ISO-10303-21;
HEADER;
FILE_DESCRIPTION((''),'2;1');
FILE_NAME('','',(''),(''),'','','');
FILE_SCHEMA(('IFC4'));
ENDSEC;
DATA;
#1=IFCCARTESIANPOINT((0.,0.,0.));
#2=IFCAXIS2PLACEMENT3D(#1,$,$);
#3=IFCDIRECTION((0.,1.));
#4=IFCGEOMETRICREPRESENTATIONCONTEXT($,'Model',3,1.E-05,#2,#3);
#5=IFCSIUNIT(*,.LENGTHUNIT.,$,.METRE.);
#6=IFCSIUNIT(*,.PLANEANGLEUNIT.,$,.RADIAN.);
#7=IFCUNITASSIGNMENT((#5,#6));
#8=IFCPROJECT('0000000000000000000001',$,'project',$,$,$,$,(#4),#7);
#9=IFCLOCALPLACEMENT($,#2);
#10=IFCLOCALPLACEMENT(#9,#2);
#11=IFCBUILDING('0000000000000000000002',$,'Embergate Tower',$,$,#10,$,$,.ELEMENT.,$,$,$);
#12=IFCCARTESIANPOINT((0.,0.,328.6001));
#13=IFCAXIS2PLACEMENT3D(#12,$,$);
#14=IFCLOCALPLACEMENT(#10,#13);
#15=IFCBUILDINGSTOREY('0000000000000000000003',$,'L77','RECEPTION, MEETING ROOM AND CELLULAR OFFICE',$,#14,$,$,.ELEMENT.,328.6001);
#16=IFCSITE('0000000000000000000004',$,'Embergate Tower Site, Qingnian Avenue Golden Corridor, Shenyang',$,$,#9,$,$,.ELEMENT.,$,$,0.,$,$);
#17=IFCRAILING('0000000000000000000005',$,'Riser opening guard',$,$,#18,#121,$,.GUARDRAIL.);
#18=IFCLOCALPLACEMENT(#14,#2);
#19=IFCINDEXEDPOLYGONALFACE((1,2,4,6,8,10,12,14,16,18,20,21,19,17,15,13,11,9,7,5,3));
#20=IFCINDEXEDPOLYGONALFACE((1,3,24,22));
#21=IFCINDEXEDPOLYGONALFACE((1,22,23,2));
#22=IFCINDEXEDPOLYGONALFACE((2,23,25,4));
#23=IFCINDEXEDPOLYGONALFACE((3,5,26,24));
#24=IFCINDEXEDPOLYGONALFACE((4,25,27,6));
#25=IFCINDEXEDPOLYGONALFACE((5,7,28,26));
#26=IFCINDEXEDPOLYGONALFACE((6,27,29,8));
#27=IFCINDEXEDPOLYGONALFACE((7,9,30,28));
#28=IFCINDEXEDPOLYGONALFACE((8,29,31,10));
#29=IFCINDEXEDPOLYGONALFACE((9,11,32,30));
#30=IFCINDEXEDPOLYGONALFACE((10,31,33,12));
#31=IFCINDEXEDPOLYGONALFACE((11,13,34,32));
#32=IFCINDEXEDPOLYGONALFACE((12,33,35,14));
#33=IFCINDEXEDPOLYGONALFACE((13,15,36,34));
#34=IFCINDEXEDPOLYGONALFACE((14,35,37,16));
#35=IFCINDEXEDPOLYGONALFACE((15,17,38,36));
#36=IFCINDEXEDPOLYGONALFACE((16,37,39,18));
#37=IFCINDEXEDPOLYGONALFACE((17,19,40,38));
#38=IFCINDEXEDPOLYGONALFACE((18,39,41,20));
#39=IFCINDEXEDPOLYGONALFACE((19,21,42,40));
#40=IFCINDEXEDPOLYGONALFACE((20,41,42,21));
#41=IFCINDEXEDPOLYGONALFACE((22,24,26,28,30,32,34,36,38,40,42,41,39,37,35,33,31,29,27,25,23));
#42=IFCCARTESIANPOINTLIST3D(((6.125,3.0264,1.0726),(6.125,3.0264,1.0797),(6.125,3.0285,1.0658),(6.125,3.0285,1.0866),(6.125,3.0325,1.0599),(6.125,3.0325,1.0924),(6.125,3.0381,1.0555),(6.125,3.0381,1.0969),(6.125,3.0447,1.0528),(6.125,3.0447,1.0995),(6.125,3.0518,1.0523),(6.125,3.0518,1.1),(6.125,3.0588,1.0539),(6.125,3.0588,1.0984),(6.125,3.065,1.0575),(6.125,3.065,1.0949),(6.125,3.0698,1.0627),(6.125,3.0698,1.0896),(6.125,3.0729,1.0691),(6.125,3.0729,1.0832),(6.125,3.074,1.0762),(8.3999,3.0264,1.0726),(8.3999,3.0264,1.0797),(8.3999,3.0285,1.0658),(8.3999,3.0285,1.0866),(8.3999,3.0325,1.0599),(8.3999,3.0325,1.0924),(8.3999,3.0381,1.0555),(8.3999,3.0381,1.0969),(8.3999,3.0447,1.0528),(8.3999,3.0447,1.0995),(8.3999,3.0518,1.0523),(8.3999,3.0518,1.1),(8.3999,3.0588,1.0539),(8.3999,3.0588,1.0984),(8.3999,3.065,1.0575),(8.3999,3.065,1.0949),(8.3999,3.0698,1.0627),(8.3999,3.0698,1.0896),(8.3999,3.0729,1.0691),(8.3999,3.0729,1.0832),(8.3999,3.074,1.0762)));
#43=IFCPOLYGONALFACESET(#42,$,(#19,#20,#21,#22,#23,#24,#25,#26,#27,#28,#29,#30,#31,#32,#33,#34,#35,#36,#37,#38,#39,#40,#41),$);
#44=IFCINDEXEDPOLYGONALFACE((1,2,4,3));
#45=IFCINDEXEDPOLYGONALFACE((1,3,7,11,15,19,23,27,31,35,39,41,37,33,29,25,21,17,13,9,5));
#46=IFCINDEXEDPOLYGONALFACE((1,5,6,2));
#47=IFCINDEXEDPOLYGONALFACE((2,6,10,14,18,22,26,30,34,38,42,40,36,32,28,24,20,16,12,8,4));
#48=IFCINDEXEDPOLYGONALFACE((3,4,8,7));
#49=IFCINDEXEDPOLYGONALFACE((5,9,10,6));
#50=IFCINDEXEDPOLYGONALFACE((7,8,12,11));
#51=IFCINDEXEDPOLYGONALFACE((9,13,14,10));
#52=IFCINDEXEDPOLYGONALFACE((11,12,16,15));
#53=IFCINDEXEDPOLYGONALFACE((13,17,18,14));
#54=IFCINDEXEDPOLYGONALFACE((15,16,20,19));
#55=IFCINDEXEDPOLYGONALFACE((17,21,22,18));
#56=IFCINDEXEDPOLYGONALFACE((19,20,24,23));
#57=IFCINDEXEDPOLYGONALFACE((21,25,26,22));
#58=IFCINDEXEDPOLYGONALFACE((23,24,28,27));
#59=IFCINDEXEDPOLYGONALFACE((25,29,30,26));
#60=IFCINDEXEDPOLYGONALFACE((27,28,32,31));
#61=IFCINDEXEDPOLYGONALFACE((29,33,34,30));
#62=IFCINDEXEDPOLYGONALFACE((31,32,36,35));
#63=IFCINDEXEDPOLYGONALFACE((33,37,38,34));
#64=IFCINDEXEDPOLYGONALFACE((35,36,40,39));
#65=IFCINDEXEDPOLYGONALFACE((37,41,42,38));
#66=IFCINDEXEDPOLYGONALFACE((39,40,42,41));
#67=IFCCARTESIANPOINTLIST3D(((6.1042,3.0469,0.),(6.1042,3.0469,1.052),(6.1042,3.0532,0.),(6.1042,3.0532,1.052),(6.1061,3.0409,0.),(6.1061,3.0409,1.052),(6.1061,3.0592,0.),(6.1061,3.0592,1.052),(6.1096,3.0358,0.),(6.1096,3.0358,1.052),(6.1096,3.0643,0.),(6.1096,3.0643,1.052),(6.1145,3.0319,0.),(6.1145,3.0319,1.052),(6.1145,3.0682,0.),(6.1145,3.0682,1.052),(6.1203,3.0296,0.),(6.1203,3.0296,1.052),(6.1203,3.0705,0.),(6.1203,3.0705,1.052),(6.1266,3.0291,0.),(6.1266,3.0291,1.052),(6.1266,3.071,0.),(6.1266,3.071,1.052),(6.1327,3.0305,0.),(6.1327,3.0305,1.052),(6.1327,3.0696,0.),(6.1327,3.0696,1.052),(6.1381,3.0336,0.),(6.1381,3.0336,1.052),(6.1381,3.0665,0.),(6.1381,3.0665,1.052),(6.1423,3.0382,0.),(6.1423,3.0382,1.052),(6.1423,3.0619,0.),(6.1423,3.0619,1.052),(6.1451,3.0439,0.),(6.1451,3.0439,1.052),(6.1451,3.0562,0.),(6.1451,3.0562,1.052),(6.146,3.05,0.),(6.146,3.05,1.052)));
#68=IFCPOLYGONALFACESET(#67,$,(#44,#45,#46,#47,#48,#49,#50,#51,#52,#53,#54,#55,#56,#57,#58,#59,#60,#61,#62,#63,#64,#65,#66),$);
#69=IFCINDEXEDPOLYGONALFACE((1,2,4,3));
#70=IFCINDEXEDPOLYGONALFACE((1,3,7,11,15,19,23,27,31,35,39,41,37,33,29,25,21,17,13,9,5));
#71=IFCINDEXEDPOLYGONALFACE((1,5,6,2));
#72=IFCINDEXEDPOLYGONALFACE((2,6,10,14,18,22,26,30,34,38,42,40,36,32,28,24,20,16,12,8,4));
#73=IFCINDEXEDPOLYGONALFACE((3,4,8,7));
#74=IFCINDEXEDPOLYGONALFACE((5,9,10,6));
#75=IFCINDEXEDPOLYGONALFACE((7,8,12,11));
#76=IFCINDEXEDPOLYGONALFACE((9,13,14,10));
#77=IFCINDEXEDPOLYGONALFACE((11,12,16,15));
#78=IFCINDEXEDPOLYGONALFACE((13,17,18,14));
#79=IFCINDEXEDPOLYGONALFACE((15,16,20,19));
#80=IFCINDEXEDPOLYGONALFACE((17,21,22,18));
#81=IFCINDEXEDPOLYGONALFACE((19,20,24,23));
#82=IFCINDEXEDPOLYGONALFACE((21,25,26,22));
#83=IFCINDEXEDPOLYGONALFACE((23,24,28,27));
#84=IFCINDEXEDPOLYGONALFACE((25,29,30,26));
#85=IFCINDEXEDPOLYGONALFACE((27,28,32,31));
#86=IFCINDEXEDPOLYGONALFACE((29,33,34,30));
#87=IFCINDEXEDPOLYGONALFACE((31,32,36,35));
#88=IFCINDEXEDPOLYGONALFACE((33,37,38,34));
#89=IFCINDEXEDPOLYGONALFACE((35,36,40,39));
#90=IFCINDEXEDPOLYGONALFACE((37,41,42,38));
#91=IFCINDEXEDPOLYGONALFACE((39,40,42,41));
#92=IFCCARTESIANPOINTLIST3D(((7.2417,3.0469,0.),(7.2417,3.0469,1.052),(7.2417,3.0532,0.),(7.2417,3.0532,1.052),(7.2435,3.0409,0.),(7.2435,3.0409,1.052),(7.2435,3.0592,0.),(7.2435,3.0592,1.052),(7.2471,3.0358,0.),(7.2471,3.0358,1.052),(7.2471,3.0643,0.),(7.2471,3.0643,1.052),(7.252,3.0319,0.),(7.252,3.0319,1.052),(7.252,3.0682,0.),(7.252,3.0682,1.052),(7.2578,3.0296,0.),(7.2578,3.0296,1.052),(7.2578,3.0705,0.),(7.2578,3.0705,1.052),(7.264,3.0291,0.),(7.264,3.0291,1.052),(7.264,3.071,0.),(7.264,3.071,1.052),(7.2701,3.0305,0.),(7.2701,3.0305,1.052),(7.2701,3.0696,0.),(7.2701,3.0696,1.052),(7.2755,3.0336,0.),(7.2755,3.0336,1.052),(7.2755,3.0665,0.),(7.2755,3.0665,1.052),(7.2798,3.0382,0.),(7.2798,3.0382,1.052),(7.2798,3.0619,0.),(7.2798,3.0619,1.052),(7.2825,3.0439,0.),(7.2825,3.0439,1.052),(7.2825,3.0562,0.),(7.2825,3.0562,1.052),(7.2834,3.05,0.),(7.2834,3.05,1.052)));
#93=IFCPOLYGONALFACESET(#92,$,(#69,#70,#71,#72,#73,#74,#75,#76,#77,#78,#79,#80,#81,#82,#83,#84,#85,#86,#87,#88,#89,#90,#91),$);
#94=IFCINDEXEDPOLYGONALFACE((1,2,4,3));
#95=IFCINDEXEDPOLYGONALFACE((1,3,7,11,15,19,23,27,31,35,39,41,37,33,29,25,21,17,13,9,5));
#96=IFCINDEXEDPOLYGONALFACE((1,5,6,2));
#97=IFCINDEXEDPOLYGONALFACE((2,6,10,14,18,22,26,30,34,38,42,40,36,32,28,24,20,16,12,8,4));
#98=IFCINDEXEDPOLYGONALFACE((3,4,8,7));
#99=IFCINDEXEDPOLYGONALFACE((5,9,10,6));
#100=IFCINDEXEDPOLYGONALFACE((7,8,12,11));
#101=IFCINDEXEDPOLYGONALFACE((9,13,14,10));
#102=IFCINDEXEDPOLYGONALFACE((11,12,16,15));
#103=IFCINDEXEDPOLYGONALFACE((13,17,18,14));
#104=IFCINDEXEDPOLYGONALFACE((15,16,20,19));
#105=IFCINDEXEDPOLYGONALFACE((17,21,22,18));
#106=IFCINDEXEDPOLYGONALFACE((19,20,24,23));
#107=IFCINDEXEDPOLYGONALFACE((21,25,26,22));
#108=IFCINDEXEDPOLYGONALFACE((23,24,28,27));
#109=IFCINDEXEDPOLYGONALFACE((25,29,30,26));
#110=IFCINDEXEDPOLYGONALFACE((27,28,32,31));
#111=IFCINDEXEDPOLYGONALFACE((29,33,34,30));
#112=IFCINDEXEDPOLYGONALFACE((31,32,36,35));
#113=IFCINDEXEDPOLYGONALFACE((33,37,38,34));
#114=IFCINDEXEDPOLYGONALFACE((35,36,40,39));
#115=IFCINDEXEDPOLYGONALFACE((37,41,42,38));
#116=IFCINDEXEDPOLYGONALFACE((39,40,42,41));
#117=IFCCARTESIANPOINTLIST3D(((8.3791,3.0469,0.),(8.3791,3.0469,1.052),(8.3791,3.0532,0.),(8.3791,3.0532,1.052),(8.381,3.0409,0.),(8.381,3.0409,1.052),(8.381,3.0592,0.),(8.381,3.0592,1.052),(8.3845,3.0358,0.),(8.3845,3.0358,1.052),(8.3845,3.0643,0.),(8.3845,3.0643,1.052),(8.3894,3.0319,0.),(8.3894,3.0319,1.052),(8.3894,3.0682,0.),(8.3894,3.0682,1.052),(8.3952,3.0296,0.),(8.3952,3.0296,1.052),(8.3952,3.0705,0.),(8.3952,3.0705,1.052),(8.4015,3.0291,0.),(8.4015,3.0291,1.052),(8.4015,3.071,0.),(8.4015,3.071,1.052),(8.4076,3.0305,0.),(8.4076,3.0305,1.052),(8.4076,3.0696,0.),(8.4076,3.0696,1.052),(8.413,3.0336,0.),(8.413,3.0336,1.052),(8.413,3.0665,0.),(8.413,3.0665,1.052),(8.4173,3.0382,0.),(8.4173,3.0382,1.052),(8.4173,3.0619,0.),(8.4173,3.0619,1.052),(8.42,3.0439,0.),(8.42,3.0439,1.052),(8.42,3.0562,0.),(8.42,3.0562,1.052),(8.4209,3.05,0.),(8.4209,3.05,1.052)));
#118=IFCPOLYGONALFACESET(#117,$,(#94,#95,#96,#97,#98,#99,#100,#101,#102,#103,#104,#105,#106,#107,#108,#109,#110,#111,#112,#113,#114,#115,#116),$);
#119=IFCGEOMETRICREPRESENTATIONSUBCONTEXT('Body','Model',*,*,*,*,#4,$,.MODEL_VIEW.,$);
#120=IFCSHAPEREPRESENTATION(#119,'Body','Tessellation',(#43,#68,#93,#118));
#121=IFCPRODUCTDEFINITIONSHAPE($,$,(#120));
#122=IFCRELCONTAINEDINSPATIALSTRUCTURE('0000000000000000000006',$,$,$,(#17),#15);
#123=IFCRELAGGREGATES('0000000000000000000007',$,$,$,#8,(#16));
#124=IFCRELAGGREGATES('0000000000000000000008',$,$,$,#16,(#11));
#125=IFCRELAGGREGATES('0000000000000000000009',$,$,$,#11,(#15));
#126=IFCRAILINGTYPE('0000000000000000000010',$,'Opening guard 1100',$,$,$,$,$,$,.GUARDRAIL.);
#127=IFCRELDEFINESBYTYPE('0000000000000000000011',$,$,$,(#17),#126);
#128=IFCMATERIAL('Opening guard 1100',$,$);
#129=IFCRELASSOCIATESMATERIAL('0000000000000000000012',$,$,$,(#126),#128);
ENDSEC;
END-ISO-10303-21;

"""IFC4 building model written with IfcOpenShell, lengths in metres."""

from ifc_helpers import new_model, si_unit, direction, frame, origin, origin_2d, place, context, subcontext, project, spatial, circle, extrude, source, transform, mapped, material, type_object, element, save


model = new_model("IFC4")

# Units and contexts
model_context = context("Model", 3, precision=1e-05, world=origin(), true_north=direction((0.0, 1.0)))
body_context = subcontext(model_context, "Body", "Model", "MODEL_VIEW")
ifc_project = project(units=[si_unit("LENGTHUNIT", "METRE"), si_unit("PLANEANGLEUNIT", "RADIAN")], contexts=[model_context])

# Site, building, storey
site_placement = place(None, origin())
site = spatial("IfcSite", under=ifc_project, at=site_placement, Name="Embergate Tower Site, Qingnian Avenue Golden Corridor, Shenyang", CompositionType="ELEMENT", RefElevation=0.0)
building_placement = place(site_placement, origin())
building = spatial("IfcBuilding", under=site, at=building_placement, Name="Embergate Tower", CompositionType="ELEMENT")
storey_placement = place(building_placement, frame((0.0, 0.0, 328.6001)))
storey = spatial("IfcBuildingStorey", under=building, at=storey_placement, Name="L77", Description="RECEPTION, MEETING ROOM AND CELLULAR OFFICE", CompositionType="ELEMENT", Elevation=328.6001)

# Railing
ifc_material_1 = material(Name="Opening guard 1100")
railing_type = type_object("IfcRailingType", Name="Opening guard 1100", PredefinedType="GUARDRAIL", material=ifc_material_1)
shared_shape_1 = source(origin(), body_context, "Body", "SweptSolid", [
    extrude(circle(Radius=0.0239, at=origin_2d()), frame((0.0, 0.0, 1.0762), z_axis=(1.0, 0.0, 0.0), x_axis=(0.0, 1.0, 0.0)), (0.0, 0.0, 1.0), 2.2749),
    extrude(circle(Radius=0.021, at=origin_2d()), origin(), (0.0, 0.0, 1.0), 1.052),
    extrude(circle(Radius=0.021, at=origin_2d()), frame((1.1375, 0.0, 0.0)), (0.0, 0.0, 1.0), 1.052),
    extrude(circle(Radius=0.021, at=origin_2d()), frame((2.2749, 0.0, 0.0)), (0.0, 0.0, 1.0), 1.052),
])
railing_1_placement = place(storey_placement, frame((6.125, 3.05, 0.0)))
element("IfcRailing", 1, at=railing_1_placement, inside=storey, type_object=railing_type, Name="Riser opening guard", PredefinedType="GUARDRAIL", context=body_context, shape_type="MappedRepresentation", body=[
    mapped(shared_shape_1, transform((0.0, 0.0, 0.0))),
])

save(model, "model.ifc")
